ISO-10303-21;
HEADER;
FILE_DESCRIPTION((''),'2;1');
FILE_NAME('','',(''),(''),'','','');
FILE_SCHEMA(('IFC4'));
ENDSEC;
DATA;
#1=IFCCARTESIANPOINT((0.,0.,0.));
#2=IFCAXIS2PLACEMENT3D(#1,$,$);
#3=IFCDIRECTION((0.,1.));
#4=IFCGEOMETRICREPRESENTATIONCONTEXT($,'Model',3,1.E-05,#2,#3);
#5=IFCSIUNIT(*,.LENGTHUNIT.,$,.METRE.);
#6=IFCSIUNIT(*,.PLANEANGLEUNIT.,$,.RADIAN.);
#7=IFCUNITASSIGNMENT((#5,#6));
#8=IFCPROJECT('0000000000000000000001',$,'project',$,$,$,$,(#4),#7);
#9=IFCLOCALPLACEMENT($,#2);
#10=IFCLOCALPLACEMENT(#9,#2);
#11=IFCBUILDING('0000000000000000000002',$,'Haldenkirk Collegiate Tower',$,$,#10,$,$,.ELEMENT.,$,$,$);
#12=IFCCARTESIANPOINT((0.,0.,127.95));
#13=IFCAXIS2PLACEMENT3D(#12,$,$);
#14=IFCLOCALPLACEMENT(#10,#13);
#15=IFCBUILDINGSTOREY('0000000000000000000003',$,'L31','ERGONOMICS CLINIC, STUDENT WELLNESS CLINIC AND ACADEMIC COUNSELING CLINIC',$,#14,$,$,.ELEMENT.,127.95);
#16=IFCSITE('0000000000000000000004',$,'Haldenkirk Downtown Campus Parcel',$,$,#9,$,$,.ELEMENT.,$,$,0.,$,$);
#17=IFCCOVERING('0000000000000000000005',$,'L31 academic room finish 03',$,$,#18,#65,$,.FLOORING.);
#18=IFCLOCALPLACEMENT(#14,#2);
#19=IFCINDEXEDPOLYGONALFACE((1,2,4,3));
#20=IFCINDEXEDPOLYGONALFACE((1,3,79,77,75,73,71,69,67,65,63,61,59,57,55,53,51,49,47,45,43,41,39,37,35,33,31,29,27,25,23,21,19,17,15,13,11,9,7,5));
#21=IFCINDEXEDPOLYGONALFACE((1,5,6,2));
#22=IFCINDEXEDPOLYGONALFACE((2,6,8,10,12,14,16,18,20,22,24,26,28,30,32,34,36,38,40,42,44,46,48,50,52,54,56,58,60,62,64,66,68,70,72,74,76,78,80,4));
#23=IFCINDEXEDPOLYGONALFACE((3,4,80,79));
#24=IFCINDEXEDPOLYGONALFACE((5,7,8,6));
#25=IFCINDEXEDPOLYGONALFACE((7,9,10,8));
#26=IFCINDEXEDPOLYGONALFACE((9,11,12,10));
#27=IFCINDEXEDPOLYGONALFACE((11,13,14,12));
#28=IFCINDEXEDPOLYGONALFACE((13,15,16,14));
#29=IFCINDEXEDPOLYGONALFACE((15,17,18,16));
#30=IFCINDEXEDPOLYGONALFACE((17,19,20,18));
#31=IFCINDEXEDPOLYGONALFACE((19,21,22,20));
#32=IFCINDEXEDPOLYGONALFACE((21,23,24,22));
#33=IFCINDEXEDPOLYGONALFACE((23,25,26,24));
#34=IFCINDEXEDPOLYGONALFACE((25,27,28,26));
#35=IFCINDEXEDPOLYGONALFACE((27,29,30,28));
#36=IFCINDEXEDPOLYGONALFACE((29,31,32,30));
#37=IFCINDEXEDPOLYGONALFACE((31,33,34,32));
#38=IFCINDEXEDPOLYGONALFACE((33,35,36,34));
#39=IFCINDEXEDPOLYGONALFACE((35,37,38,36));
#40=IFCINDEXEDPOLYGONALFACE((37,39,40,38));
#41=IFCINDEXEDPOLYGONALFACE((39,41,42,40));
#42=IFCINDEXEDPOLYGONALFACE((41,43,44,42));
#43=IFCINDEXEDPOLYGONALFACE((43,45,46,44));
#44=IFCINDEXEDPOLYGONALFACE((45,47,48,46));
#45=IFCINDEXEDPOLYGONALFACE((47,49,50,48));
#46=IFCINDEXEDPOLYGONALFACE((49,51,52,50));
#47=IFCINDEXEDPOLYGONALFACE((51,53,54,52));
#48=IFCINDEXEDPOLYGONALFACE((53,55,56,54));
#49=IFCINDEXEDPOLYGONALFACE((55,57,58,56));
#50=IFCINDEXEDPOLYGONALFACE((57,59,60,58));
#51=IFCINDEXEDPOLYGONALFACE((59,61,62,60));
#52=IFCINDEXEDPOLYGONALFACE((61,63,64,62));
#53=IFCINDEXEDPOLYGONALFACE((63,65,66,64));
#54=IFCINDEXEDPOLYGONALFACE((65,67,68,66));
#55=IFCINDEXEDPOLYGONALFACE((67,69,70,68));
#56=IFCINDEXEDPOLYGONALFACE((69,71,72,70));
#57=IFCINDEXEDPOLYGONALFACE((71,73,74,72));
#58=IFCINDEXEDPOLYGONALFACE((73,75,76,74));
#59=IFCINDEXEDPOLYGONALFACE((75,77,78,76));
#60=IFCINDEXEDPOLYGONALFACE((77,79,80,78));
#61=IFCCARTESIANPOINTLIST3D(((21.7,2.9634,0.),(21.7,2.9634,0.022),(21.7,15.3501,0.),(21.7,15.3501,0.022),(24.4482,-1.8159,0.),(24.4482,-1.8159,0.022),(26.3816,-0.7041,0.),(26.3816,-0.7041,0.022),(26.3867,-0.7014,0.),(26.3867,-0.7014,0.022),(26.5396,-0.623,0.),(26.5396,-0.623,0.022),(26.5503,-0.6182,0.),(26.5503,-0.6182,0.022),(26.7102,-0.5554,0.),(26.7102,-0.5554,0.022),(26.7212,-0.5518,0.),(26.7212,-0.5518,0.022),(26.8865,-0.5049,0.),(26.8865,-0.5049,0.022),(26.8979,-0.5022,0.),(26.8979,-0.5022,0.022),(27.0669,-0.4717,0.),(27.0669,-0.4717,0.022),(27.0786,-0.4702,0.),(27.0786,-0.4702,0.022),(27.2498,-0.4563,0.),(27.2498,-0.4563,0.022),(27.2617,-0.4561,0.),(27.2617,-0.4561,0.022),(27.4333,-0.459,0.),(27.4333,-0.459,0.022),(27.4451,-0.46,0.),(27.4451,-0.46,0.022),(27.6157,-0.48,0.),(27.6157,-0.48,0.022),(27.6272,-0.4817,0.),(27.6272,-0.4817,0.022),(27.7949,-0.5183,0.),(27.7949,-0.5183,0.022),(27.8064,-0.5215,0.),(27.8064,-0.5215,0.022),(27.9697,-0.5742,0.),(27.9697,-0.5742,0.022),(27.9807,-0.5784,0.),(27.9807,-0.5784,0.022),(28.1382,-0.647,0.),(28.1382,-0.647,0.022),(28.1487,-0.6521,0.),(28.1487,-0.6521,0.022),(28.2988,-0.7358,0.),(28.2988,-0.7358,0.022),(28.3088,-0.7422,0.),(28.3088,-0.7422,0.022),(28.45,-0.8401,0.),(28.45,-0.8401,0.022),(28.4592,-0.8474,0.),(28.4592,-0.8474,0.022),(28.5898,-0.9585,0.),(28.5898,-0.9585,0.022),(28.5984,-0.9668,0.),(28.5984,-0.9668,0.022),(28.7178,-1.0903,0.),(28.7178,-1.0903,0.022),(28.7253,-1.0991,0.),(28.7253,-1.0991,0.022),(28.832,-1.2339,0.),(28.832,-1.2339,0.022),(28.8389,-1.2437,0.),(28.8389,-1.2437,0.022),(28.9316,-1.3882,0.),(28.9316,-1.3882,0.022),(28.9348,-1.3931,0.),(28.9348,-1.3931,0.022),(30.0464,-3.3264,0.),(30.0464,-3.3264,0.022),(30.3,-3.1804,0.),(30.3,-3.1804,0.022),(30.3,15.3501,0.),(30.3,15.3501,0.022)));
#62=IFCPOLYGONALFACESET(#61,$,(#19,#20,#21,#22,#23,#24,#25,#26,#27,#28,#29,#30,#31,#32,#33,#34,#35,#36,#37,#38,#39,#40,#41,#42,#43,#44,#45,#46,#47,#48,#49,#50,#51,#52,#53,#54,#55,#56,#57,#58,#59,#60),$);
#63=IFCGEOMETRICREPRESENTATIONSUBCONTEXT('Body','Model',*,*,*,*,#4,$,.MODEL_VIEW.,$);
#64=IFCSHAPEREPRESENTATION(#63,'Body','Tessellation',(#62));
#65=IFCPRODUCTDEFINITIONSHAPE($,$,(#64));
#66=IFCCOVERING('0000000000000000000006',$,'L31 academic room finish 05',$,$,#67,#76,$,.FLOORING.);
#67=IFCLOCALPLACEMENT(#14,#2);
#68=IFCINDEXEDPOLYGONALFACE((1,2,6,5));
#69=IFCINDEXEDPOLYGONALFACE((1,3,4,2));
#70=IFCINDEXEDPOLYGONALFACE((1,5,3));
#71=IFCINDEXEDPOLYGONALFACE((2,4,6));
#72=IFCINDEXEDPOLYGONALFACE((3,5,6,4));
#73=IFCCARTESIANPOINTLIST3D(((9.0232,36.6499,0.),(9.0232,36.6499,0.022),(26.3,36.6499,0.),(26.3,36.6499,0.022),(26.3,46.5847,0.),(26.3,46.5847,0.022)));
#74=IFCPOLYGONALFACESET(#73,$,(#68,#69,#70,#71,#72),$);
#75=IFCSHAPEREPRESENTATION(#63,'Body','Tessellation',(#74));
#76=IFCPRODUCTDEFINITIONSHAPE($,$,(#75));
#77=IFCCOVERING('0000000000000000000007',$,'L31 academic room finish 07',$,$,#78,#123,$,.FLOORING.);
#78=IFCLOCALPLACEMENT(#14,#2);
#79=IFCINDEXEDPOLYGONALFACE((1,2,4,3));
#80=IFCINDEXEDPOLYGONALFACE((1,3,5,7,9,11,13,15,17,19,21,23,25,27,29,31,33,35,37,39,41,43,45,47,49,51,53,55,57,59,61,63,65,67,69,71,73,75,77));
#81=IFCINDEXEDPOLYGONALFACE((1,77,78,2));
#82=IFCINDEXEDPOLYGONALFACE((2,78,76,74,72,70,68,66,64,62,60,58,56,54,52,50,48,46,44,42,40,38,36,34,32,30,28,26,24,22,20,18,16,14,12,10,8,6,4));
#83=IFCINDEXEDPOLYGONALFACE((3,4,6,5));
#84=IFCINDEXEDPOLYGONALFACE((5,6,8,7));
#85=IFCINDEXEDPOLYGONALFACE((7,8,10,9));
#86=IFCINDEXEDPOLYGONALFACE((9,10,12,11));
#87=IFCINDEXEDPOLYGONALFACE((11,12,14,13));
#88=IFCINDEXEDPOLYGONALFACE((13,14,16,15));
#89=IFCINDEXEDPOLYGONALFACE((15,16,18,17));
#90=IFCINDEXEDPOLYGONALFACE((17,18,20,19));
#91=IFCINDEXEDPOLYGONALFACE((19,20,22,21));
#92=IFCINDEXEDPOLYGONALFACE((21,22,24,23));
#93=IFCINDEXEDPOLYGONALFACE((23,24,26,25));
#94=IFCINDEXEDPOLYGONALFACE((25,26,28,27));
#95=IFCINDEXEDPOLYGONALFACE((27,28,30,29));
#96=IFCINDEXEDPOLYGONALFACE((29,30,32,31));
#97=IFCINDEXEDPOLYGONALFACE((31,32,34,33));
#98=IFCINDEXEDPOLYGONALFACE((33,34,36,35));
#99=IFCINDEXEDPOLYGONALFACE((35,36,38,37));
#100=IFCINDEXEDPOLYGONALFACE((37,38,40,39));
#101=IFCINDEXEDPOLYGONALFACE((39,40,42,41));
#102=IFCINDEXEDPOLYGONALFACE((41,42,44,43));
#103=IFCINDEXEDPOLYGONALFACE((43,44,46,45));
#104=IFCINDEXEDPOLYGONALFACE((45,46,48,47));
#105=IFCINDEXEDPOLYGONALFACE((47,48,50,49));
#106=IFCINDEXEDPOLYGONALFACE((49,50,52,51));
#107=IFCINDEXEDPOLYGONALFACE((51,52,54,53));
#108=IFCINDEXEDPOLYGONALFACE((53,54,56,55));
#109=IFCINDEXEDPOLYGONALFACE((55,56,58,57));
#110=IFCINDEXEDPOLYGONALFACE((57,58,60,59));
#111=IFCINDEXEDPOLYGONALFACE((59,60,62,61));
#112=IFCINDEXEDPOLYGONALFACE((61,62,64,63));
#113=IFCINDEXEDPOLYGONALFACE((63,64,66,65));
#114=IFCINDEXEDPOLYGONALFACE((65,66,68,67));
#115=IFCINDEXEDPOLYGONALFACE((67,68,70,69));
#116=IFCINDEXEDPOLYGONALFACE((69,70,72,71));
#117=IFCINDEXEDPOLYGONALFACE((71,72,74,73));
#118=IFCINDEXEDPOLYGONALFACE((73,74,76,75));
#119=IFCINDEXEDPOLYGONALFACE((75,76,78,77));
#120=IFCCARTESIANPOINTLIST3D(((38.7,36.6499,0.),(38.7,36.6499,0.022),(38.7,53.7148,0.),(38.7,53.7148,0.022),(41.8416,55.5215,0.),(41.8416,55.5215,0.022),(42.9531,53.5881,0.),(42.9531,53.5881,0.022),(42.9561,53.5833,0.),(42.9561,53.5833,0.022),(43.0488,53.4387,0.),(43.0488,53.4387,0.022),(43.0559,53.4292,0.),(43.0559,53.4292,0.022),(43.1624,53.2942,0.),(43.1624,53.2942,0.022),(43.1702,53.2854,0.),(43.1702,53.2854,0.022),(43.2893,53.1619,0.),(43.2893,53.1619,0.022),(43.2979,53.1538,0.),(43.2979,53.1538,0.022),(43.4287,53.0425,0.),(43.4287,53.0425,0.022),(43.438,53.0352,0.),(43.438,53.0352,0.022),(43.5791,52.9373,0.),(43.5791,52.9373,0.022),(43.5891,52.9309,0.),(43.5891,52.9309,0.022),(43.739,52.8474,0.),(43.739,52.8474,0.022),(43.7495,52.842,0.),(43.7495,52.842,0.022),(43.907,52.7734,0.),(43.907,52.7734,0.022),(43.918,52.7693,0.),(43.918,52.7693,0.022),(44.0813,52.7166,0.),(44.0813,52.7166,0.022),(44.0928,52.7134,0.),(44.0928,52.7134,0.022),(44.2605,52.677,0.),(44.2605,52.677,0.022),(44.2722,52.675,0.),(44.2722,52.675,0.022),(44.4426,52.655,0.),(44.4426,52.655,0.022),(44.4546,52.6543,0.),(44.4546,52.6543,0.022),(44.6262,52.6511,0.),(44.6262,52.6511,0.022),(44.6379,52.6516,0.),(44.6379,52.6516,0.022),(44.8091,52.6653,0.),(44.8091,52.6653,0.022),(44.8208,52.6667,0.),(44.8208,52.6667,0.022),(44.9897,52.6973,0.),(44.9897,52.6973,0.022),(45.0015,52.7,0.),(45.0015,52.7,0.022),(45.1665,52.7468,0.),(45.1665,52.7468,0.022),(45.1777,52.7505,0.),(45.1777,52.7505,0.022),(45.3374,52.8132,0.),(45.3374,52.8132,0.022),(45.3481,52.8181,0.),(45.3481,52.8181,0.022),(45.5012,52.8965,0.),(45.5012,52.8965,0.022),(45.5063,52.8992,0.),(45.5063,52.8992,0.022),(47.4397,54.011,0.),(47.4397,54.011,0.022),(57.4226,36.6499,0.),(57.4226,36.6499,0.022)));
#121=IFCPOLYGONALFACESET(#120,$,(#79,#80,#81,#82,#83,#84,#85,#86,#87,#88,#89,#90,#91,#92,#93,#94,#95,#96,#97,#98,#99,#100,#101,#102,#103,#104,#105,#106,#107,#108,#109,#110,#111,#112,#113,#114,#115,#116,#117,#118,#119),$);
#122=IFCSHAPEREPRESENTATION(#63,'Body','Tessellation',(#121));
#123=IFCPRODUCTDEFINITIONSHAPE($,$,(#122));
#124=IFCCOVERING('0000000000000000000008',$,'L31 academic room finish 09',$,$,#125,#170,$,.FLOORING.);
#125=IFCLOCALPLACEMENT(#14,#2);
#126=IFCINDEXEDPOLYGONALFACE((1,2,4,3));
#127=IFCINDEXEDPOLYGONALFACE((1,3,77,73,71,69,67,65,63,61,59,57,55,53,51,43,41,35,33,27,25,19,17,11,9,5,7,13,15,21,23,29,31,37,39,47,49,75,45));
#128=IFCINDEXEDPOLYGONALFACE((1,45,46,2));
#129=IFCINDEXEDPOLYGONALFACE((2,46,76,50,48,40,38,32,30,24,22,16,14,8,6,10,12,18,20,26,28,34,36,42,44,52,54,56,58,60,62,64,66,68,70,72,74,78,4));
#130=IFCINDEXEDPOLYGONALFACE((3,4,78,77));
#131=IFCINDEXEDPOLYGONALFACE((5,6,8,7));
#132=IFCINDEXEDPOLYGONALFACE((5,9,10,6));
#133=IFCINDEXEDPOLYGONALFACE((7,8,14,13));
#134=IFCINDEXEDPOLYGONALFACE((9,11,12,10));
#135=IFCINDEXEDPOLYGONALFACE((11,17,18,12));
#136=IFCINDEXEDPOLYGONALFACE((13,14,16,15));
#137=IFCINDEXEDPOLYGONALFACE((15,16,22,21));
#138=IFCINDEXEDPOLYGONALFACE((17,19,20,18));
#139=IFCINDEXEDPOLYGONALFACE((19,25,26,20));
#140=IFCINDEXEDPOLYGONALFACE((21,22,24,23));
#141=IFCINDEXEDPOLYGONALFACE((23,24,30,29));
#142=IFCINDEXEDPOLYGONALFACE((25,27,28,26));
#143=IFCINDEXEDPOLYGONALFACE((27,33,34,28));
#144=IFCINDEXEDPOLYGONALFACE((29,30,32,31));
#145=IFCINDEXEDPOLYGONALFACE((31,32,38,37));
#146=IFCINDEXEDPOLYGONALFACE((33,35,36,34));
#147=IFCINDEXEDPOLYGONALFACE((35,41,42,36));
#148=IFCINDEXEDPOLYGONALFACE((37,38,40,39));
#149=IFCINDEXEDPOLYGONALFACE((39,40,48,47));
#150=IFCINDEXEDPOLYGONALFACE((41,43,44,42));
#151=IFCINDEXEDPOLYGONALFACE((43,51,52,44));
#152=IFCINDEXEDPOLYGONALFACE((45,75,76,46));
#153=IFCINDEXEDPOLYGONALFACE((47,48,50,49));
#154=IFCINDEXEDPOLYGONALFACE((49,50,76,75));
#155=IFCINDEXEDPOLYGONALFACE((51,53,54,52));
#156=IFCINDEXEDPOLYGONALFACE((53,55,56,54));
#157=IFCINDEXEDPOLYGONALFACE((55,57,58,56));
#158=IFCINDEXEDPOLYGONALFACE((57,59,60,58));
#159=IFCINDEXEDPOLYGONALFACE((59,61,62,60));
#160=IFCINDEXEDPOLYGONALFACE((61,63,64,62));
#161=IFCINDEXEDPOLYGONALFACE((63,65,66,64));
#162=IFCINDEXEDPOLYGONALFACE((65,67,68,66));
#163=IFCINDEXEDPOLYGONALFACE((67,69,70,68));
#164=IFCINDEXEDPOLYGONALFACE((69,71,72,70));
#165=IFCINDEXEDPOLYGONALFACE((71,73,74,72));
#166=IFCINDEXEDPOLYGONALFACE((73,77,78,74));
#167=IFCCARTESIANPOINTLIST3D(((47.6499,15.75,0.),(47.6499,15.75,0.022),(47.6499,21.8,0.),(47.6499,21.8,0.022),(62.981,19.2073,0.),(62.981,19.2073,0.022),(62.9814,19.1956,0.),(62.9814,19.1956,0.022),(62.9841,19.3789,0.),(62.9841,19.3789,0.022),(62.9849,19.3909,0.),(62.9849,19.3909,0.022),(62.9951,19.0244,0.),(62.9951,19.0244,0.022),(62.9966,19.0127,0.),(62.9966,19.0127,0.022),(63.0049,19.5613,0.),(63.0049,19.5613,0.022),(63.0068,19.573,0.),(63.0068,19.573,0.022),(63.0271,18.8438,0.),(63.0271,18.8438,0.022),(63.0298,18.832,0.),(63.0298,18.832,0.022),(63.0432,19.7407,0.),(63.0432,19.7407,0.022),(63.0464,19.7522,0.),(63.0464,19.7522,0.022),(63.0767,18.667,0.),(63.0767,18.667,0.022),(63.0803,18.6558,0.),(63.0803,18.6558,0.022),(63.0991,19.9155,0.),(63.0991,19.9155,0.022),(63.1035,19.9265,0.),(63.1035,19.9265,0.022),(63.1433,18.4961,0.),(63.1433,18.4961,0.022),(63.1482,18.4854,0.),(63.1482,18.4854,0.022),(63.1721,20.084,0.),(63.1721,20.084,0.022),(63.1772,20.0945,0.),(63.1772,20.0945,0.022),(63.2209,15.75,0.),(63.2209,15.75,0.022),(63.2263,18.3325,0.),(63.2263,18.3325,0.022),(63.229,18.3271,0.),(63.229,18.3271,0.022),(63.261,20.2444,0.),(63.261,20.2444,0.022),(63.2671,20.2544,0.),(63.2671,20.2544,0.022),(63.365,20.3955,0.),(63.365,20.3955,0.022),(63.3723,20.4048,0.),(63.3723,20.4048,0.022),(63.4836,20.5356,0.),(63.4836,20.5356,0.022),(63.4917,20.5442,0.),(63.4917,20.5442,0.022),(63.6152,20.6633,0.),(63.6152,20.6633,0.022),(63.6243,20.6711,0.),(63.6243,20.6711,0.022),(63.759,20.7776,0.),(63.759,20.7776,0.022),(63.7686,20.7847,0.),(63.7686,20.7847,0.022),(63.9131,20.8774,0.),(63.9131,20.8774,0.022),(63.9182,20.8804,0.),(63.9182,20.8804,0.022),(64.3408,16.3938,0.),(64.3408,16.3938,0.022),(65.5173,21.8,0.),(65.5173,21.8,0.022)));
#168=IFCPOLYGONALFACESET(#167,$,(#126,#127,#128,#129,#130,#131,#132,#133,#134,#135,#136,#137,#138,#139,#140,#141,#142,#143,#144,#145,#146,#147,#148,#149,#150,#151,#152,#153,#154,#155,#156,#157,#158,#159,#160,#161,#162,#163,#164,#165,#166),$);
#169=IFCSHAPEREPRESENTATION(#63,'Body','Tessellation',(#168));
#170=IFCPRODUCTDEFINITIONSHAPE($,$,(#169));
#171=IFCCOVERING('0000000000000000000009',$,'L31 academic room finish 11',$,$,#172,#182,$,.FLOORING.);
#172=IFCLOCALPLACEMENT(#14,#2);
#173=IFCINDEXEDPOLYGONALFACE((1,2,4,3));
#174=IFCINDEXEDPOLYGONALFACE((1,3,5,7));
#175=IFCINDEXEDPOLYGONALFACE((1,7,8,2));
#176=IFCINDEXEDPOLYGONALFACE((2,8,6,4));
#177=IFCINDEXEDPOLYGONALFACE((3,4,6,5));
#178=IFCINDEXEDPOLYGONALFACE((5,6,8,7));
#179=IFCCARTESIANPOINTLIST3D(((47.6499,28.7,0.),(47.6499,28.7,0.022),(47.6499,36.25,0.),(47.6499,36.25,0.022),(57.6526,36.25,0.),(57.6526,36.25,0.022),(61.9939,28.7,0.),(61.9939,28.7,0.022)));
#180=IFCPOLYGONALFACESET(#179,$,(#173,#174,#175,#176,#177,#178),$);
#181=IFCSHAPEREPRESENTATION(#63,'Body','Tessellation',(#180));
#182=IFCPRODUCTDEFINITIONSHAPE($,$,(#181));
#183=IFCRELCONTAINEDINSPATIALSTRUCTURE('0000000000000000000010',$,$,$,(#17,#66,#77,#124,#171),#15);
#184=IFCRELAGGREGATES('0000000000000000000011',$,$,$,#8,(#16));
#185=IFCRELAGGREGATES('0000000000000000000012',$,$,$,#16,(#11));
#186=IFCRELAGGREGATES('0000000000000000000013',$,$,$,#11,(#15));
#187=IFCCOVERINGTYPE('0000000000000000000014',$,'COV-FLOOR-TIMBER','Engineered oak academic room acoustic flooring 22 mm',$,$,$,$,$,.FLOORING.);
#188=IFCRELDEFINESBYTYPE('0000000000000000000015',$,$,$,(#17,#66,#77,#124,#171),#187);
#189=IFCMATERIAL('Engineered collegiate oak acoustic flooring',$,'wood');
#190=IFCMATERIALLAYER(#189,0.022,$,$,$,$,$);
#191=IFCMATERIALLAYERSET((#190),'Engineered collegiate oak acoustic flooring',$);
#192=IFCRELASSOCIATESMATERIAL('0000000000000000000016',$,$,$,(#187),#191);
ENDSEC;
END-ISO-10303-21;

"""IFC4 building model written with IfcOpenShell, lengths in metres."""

from ifc_helpers import new_model, si_unit, direction, frame, origin, place, context, subcontext, project, spatial, polyline, outline, extrude, material, layer, layer_set, type_object, element, save


model = new_model("IFC4")

# Units and contexts
model_context = context("Model", 3, precision=1e-05, world=origin(), true_north=direction((0.0, 1.0)))
body_context = subcontext(model_context, "Body", "Model", "MODEL_VIEW")
ifc_project = project(units=[si_unit("LENGTHUNIT", "METRE"), si_unit("PLANEANGLEUNIT", "RADIAN")], contexts=[model_context])

# Site, building, storey
site_placement = place(None, origin())
site = spatial("IfcSite", under=ifc_project, at=site_placement, Name="Haldenkirk Downtown Campus Parcel", CompositionType="ELEMENT", RefElevation=0.0)
building_placement = place(site_placement, origin())
building = spatial("IfcBuilding", under=site, at=building_placement, Name="Haldenkirk Collegiate Tower", CompositionType="ELEMENT")
storey_placement = place(building_placement, frame((0.0, 0.0, 127.95)))
storey = spatial("IfcBuildingStorey", under=building, at=storey_placement, Name="L31", Description="ERGONOMICS CLINIC, STUDENT WELLNESS CLINIC AND ACADEMIC COUNSELING CLINIC", CompositionType="ELEMENT", Elevation=127.95)

# Coverings
ifc_material_1 = material(Name="Engineered collegiate oak acoustic flooring", Category="wood")
ifc_layer_1 = layer(ifc_material_1, 0.022)
ifc_layer_set_1 = layer_set([ifc_layer_1], Name="Engineered collegiate oak acoustic flooring")
covering_type_1 = type_object("IfcCoveringType", Name="COV-FLOOR-TIMBER", Description="Engineered oak academic room acoustic flooring 22 mm", PredefinedType="FLOORING", material=ifc_layer_set_1)
covering_1_placement = place(storey_placement, origin())
element("IfcCovering", 1, at=covering_1_placement, inside=storey, type_object=covering_type_1, Name="L31 academic room finish 03", PredefinedType="FLOORING", context=body_context, shape_type="SweptSolid", body=[
    extrude(outline(polyline([(28.3088, -0.7422), (28.2988, -0.7358), (28.1487, -0.6521), (28.1382, -0.647), (27.9807, -0.5784), (27.9697, -0.5742), (27.8064, -0.5215), (27.7949, -0.5183), (27.6272, -0.4817), (27.6157, -0.48), (27.4451, -0.46), (27.4333, -0.459), (27.2617, -0.4561), (27.2498, -0.4563), (27.0786, -0.4702), (27.0669, -0.4717), (26.8979, -0.5022), (26.8865, -0.5049), (26.7212, -0.5518), (26.7102, -0.5554), (26.5503, -0.6182), (26.5396, -0.623), (26.3867, -0.7014), (26.3816, -0.7041), (24.4482, -1.8159), (21.7, 2.9634), (21.7, 15.3501), (30.3, 15.3501), (30.3, -3.1804), (30.0464, -3.3264), (28.9348, -1.3931), (28.9316, -1.3882), (28.8389, -1.2437), (28.832, -1.2339), (28.7253, -1.0991), (28.7178, -1.0903), (28.5984, -0.9668), (28.5898, -0.9585), (28.4592, -0.8474), (28.45, -0.8401), (28.3088, -0.7422)])), origin(), (0.0, 0.0, 1.0), 0.022),
])
covering_2_placement = place(storey_placement, origin())
element("IfcCovering", 2, at=covering_2_placement, inside=storey, type_object=covering_type_1, Name="L31 academic room finish 05", PredefinedType="FLOORING", context=body_context, shape_type="SweptSolid", body=[
    extrude(outline(polyline([(26.3, 46.5847), (26.3, 36.6499), (9.0232, 36.6499), (26.3, 46.5847)])), origin(), (0.0, 0.0, 1.0), 0.022),
])
covering_3_placement = place(storey_placement, origin())
element("IfcCovering", 3, at=covering_3_placement, inside=storey, type_object=covering_type_1, Name="L31 academic room finish 07", PredefinedType="FLOORING", context=body_context, shape_type="SweptSolid", body=[
    extrude(outline(polyline([(42.9531, 53.5881), (42.9561, 53.5833), (43.0488, 53.4387), (43.0559, 53.4292), (43.1624, 53.2942), (43.1702, 53.2854), (43.2893, 53.1619), (43.2979, 53.1538), (43.4287, 53.0425), (43.438, 53.0352), (43.5791, 52.9373), (43.5891, 52.9309), (43.739, 52.8474), (43.7495, 52.842), (43.907, 52.7734), (43.918, 52.7693), (44.0813, 52.7166), (44.0928, 52.7134), (44.2605, 52.677), (44.2722, 52.675), (44.4426, 52.655), (44.4546, 52.6543), (44.6262, 52.6511), (44.6379, 52.6516), (44.8091, 52.6653), (44.8208, 52.6667), (44.9897, 52.6973), (45.0015, 52.7), (45.1665, 52.7468), (45.1777, 52.7505), (45.3374, 52.8132), (45.3481, 52.8181), (45.5012, 52.8965), (45.5063, 52.8992), (47.4397, 54.011), (57.4226, 36.6499), (38.7, 36.6499), (38.7, 53.7148), (41.8416, 55.5215), (42.9531, 53.5881)])), origin(), (0.0, 0.0, 1.0), 0.022),
])
covering_4_placement = place(storey_placement, origin())
element("IfcCovering", 4, at=covering_4_placement, inside=storey, type_object=covering_type_1, Name="L31 academic room finish 09", PredefinedType="FLOORING", context=body_context, shape_type="SweptSolid", body=[
    extrude(outline(polyline([(63.9182, 20.8804), (63.9131, 20.8774), (63.7686, 20.7847), (63.759, 20.7776), (63.6243, 20.6711), (63.6152, 20.6633), (63.4917, 20.5442), (63.4836, 20.5356), (63.3723, 20.4048), (63.365, 20.3955), (63.2671, 20.2544), (63.261, 20.2444), (63.1772, 20.0945), (63.1721, 20.084), (63.1035, 19.9265), (63.0991, 19.9155), (63.0464, 19.7522), (63.0432, 19.7407), (63.0068, 19.573), (63.0049, 19.5613), (62.9849, 19.3909), (62.9841, 19.3789), (62.981, 19.2073), (62.9814, 19.1956), (62.9951, 19.0244), (62.9966, 19.0127), (63.0271, 18.8438), (63.0298, 18.832), (63.0767, 18.667), (63.0803, 18.6558), (63.1433, 18.4961), (63.1482, 18.4854), (63.2263, 18.3325), (63.229, 18.3271), (64.3408, 16.3938), (63.2209, 15.75), (47.6499, 15.75), (47.6499, 21.8), (65.5173, 21.8), (63.9182, 20.8804)])), origin(), (0.0, 0.0, 1.0), 0.022),
])
covering_5_placement = place(storey_placement, origin())
element("IfcCovering", 5, at=covering_5_placement, inside=storey, type_object=covering_type_1, Name="L31 academic room finish 11", PredefinedType="FLOORING", context=body_context, shape_type="SweptSolid", body=[
    extrude(outline(polyline([(61.9939, 28.7), (47.6499, 28.7), (47.6499, 36.25), (57.6526, 36.25), (61.9939, 28.7)])), origin(), (0.0, 0.0, 1.0), 0.022),
])

save(model, "model.ifc")
